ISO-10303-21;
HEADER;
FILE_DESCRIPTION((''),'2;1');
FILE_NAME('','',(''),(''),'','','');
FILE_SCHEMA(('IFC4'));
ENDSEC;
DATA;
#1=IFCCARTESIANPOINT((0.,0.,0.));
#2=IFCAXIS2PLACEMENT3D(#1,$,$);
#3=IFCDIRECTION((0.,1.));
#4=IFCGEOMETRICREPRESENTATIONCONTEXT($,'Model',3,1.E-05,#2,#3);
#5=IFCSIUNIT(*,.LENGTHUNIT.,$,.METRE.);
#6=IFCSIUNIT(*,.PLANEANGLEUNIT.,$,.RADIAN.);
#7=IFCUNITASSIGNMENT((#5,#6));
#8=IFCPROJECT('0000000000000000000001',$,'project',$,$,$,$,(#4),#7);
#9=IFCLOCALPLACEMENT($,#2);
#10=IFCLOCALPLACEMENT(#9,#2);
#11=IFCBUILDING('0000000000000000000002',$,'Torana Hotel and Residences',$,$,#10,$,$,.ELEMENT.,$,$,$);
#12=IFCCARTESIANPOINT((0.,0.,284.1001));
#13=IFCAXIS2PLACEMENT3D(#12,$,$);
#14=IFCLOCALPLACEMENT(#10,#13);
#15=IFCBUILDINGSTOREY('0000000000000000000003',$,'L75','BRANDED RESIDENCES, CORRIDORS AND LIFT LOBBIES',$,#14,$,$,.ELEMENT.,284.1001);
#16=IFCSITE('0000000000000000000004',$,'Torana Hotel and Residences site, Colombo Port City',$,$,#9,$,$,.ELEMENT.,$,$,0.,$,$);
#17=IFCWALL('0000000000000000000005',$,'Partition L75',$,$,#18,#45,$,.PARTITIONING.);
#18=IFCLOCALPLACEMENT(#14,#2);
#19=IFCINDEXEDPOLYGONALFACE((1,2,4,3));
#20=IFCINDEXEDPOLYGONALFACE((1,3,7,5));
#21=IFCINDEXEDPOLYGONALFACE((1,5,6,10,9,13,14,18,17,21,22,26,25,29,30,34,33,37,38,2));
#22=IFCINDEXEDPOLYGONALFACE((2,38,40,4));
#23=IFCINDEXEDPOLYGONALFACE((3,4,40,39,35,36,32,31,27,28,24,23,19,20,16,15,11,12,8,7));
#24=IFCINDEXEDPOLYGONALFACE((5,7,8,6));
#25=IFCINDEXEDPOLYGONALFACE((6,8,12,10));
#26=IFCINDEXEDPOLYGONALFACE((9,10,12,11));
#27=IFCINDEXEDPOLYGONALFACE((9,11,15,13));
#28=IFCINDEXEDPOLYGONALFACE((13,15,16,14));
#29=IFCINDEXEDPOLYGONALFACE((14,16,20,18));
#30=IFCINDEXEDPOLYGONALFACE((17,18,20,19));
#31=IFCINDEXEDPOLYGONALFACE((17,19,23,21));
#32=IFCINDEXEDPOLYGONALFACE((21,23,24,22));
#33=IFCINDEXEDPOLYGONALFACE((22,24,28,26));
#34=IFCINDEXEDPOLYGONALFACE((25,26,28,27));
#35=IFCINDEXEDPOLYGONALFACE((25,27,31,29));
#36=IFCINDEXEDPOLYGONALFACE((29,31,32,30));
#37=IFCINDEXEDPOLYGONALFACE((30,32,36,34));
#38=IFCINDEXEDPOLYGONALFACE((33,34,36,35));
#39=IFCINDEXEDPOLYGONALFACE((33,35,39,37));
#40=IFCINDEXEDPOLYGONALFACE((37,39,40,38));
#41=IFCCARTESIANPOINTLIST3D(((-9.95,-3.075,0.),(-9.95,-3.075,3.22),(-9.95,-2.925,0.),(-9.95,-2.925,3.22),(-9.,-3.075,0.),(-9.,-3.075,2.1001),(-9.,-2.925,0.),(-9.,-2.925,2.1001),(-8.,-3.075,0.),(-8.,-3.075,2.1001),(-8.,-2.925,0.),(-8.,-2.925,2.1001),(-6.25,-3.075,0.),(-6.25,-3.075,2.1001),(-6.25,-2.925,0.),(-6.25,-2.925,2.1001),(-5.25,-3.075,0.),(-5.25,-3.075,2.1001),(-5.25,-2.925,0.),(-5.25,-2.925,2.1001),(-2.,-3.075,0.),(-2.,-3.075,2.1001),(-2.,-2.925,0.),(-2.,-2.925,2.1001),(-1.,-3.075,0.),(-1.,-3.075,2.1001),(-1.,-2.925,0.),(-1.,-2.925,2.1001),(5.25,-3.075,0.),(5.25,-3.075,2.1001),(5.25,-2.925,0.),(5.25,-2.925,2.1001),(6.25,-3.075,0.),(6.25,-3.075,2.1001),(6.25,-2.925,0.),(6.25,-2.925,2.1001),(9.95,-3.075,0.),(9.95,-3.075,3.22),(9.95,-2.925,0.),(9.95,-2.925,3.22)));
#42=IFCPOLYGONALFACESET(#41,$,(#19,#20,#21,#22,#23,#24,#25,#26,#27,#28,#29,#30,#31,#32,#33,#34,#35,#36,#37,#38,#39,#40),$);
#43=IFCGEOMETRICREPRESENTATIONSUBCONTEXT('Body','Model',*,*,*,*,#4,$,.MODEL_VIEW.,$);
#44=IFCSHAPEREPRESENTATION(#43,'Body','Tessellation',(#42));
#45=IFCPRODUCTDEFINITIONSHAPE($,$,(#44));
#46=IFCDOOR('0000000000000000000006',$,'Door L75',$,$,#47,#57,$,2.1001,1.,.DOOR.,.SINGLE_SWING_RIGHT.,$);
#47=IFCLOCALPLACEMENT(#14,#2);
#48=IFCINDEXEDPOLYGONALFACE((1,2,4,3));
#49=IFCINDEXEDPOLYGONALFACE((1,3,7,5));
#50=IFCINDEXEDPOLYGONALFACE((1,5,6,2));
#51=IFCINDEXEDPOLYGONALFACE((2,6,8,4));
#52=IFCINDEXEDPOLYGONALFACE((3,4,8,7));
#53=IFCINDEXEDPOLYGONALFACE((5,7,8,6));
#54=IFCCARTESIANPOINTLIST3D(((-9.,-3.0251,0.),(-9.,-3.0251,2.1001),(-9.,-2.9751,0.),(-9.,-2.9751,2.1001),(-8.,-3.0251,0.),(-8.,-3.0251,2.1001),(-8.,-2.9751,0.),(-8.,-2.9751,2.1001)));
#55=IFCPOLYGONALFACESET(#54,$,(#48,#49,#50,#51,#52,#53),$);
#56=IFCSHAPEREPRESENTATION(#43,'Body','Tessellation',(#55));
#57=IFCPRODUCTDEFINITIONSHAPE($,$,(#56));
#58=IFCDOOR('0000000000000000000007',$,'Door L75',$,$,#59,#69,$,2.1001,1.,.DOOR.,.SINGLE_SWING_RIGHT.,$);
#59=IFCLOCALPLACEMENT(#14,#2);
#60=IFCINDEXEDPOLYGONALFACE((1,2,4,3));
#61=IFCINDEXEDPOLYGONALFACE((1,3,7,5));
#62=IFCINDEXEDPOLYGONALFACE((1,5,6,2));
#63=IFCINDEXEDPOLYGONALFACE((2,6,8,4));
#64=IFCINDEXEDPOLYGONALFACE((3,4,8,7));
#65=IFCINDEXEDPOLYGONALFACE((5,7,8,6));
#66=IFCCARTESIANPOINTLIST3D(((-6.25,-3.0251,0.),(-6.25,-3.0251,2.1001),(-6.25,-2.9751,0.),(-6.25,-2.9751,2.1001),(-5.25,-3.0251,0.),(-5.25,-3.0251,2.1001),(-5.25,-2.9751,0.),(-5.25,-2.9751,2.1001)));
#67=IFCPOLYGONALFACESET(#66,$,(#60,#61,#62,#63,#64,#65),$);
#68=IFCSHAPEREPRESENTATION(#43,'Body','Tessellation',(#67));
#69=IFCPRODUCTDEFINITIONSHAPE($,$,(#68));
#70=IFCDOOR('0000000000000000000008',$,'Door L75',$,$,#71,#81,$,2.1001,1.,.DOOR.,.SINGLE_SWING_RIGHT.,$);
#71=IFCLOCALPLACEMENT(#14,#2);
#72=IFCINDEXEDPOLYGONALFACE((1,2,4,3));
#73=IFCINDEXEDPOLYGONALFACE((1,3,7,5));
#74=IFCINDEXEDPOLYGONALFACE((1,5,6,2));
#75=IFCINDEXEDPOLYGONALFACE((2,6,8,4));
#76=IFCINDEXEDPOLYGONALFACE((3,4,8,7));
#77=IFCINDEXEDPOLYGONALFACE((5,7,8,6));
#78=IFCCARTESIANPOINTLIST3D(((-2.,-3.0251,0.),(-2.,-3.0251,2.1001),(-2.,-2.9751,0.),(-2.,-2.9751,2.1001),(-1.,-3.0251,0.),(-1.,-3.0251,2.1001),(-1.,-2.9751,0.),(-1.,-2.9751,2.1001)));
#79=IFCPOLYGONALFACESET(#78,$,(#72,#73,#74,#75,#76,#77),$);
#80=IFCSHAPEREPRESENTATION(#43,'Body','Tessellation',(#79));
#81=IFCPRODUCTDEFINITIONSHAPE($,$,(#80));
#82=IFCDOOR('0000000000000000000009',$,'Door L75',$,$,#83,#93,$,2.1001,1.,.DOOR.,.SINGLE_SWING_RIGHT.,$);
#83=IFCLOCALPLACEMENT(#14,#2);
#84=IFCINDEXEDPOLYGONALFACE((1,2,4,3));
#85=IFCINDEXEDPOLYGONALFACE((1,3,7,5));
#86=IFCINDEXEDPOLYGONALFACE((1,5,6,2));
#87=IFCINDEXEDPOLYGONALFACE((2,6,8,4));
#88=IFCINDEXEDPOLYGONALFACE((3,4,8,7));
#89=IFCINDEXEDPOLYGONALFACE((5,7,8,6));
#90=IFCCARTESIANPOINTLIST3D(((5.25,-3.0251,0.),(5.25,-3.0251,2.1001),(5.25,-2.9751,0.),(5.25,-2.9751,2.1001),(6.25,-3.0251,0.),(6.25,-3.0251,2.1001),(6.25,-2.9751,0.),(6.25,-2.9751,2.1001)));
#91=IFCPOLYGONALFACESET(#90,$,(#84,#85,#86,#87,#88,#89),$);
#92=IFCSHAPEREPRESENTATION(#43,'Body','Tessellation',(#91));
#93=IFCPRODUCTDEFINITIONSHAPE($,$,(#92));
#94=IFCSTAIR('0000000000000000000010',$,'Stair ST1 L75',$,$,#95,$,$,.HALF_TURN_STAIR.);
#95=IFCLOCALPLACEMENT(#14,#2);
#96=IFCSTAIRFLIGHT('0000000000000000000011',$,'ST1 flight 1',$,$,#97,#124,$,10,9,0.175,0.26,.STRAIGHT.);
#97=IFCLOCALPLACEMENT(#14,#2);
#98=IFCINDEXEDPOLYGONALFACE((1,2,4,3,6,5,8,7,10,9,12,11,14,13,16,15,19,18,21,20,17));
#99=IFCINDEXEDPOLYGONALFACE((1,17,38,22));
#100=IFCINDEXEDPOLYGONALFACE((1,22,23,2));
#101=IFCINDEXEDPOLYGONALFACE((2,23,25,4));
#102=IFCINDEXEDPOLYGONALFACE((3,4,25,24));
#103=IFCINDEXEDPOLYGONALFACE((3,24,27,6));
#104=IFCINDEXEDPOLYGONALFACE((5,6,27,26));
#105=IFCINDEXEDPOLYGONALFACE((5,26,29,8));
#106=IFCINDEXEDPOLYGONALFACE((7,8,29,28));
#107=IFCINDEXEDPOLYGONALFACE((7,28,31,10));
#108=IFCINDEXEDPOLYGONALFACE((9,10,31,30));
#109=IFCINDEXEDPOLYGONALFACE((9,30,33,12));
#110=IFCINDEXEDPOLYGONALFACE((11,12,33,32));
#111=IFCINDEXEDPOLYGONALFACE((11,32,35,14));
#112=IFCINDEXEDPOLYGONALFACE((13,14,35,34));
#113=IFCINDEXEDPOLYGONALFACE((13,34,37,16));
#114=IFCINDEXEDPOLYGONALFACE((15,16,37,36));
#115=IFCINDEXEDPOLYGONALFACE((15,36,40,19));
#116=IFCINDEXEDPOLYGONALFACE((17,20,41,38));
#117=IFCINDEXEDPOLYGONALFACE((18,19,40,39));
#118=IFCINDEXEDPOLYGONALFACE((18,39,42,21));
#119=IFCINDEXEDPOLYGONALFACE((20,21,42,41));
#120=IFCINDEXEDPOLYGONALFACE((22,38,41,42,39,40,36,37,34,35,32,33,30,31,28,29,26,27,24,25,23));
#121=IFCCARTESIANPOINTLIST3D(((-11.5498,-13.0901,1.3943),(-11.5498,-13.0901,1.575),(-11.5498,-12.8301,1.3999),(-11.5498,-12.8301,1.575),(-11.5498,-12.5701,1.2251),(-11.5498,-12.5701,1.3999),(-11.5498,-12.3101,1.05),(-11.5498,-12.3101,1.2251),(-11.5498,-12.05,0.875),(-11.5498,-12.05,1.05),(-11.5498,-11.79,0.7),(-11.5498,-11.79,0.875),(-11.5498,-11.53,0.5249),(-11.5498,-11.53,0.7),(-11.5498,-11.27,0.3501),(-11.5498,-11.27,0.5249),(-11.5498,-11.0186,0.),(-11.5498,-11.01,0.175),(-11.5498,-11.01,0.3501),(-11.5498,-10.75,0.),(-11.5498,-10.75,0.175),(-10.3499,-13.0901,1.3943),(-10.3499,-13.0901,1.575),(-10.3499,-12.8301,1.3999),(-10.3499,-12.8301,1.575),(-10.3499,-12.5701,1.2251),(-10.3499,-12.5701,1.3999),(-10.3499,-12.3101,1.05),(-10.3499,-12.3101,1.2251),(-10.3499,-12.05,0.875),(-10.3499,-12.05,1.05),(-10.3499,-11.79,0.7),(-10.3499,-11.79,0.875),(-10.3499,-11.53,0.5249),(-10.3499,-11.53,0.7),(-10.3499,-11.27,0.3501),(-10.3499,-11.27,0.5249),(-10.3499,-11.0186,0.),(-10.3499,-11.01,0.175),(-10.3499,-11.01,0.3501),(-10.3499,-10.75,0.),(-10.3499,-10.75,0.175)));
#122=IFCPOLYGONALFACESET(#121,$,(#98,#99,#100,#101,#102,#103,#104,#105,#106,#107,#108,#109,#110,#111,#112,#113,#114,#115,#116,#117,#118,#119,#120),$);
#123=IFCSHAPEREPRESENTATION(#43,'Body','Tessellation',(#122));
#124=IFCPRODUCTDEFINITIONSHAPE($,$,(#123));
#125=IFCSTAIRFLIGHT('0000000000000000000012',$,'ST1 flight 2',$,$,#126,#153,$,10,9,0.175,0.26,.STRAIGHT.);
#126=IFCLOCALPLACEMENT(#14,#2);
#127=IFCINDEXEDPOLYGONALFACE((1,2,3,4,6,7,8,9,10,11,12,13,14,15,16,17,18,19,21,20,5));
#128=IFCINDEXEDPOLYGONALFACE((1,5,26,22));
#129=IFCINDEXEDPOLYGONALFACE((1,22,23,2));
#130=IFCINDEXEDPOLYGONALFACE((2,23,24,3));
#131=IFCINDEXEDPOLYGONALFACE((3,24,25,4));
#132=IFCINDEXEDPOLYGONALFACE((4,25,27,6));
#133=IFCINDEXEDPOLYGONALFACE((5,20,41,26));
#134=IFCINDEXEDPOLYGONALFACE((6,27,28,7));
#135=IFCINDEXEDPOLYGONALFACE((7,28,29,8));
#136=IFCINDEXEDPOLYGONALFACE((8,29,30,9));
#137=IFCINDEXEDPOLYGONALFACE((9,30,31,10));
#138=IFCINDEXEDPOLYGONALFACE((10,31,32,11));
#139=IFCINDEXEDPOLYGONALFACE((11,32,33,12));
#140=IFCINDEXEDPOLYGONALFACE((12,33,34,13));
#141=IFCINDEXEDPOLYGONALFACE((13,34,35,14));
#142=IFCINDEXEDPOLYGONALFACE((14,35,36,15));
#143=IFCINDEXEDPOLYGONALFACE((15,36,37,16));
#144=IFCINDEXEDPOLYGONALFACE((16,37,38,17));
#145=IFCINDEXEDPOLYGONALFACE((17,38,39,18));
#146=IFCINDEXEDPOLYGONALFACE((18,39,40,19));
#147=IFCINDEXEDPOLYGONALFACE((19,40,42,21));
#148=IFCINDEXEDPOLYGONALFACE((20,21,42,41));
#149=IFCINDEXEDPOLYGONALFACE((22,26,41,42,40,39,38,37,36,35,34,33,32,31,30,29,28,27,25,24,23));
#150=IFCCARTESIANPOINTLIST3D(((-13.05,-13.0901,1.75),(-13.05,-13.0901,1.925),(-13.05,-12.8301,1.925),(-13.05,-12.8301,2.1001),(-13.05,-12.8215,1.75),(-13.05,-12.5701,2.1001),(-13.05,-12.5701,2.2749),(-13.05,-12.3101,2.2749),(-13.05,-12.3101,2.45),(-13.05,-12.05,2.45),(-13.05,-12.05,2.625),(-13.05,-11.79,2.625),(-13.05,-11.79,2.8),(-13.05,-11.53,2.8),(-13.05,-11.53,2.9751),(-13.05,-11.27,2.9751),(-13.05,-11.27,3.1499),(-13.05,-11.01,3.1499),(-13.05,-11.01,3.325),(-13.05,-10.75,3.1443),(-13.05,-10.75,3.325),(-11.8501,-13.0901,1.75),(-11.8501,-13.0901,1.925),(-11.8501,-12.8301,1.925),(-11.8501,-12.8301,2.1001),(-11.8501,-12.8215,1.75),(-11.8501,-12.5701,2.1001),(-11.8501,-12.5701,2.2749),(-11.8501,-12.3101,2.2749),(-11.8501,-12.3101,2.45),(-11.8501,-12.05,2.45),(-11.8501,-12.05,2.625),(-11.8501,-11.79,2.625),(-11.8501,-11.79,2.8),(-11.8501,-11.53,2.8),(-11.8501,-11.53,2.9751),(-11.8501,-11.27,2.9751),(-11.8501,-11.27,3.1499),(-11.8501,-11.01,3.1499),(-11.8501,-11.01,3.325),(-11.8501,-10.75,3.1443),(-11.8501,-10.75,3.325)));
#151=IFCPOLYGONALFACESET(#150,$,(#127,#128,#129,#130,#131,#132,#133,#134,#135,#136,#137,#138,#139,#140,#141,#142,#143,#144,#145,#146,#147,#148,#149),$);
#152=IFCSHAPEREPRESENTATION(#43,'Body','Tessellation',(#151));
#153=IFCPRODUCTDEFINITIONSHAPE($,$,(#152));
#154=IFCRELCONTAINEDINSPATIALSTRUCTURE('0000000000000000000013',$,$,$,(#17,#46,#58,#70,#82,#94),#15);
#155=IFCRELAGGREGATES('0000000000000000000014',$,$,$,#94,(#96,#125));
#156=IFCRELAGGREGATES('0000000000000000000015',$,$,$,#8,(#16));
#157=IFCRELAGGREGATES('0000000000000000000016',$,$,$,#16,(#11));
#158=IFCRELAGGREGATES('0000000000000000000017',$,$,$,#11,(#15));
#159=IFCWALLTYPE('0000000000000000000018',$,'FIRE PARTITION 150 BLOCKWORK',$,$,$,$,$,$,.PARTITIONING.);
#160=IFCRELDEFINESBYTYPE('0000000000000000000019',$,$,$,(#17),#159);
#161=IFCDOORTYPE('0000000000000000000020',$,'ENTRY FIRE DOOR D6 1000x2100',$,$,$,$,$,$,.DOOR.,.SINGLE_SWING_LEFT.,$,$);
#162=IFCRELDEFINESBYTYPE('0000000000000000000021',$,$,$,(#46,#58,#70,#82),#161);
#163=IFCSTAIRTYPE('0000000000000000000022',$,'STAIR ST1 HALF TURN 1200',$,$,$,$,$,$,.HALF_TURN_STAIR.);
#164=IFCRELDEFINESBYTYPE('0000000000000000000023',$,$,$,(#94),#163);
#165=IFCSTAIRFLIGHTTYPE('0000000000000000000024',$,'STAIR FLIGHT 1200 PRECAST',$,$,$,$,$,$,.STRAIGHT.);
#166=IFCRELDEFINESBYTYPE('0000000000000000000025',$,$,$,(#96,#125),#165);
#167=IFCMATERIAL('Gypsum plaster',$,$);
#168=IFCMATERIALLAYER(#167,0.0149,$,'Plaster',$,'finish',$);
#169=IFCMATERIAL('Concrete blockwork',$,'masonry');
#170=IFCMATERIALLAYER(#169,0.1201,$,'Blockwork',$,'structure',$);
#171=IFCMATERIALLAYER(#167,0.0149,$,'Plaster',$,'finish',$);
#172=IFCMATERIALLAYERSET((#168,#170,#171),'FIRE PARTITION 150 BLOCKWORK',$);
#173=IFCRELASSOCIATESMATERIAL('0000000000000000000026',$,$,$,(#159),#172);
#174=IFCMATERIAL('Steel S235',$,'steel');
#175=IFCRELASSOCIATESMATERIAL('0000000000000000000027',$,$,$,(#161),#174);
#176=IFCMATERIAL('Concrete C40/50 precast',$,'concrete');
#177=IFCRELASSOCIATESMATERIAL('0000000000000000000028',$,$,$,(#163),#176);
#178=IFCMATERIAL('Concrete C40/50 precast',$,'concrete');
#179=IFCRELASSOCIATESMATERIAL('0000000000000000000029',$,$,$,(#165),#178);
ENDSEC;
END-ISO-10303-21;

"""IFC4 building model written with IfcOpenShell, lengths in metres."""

from ifc_helpers import new_model, si_unit, direction, frame, frame_2d, origin, place, context, subcontext, project, spatial, polyline, rectangle, outline, extrude, material, layer, layer_set, type_object, element, fill, aggregate, save


model = new_model("IFC4")

# Units and contexts
model_context = context("Model", 3, precision=1e-05, world=origin(), true_north=direction((0.0, 1.0)))
body_context = subcontext(model_context, "Body", "Model", "MODEL_VIEW")
ifc_project = project(units=[si_unit("LENGTHUNIT", "METRE"), si_unit("PLANEANGLEUNIT", "RADIAN")], contexts=[model_context])

# Site, building, storey
site_placement = place(None, origin())
site = spatial("IfcSite", under=ifc_project, at=site_placement, Name="Torana Hotel and Residences site, Colombo Port City", CompositionType="ELEMENT", RefElevation=0.0)
building_placement = place(site_placement, origin())
building = spatial("IfcBuilding", under=site, at=building_placement, Name="Torana Hotel and Residences", CompositionType="ELEMENT")
storey_placement = place(building_placement, frame((0.0, 0.0, 284.1001)))
storey = spatial("IfcBuildingStorey", under=building, at=storey_placement, Name="L75", Description="BRANDED RESIDENCES, CORRIDORS AND LIFT LOBBIES", CompositionType="ELEMENT", Elevation=284.1001)

# Shared definitions
ifc_material_1 = material(Name="Gypsum plaster")
ifc_layer_1 = layer(ifc_material_1, 0.0149, Name="Plaster", Category="finish")
ifc_material_2 = material(Name="Concrete blockwork", Category="masonry")
ifc_layer_2 = layer(ifc_material_2, 0.1201, Name="Blockwork", Category="structure")
ifc_layer_3 = layer(ifc_material_1, 0.0149, Name="Plaster", Category="finish")
ifc_layer_set_1 = layer_set([ifc_layer_1, ifc_layer_2, ifc_layer_3], Name="FIRE PARTITION 150 BLOCKWORK")
wall_type_1 = type_object("IfcWallType", Name="FIRE PARTITION 150 BLOCKWORK", PredefinedType="PARTITIONING", material=ifc_layer_set_1)

# Wall, openings, doors
ifc_material_3 = material(Name="Steel S235", Category="steel")
door_type_1 = type_object("IfcDoorType", Name="ENTRY FIRE DOOR D6 1000x2100", OperationType="SINGLE_SWING_LEFT", PredefinedType="DOOR", material=ifc_material_3)
wall_1_placement = place(storey_placement, frame((-9.95, -3.0, 0.0), z_axis=(0.0, 0.0, 1.0), x_axis=(1.0, 0.0, 0.0)))
wall_1 = element("IfcWall", 1, at=wall_1_placement, inside=storey, type_object=wall_type_1, Name="Partition L75", PredefinedType="PARTITIONING", context=body_context, shape_type="SweptSolid", body=[
    extrude(rectangle(XDim=19.8999, YDim=0.1499, at=frame_2d((9.95, 0.0))), origin(), (0.0, 0.0, 1.0), 3.22),
])
opening_1_placement = place(wall_1_placement, frame((0.95, 0.0, 0.0)))
opening_1 = element("IfcOpeningElement", 2, at=opening_1_placement, cuts=wall_1, PredefinedType="OPENING", context=body_context, shape_type="SweptSolid", body=[
    extrude(rectangle(XDim=1.0, YDim=2.1001, at=frame_2d((0.5, 1.05))), frame((0.0, 0.085, 0.0), z_axis=(0.0, -1.0, 0.0), x_axis=(1.0, 0.0, 0.0)), (0.0, 0.0, 1.0), 0.1699),
])
opening_2_placement = place(wall_1_placement, frame((3.7, 0.0, 0.0)))
opening_2 = element("IfcOpeningElement", 3, at=opening_2_placement, cuts=wall_1, PredefinedType="OPENING", context=body_context, shape_type="SweptSolid", body=[
    extrude(rectangle(XDim=1.0, YDim=2.1001, at=frame_2d((0.5, 1.05))), frame((0.0, 0.085, 0.0), z_axis=(0.0, -1.0, 0.0), x_axis=(1.0, 0.0, 0.0)), (0.0, 0.0, 1.0), 0.1699),
])
opening_3_placement = place(wall_1_placement, frame((7.95, 0.0, 0.0)))
opening_3 = element("IfcOpeningElement", 4, at=opening_3_placement, cuts=wall_1, PredefinedType="OPENING", context=body_context, shape_type="SweptSolid", body=[
    extrude(rectangle(XDim=1.0, YDim=2.1001, at=frame_2d((0.5, 1.05))), frame((0.0, 0.085, 0.0), z_axis=(0.0, -1.0, 0.0), x_axis=(1.0, 0.0, 0.0)), (0.0, 0.0, 1.0), 0.1699),
])
opening_4_placement = place(wall_1_placement, frame((15.2, 0.0, 0.0)))
opening_4 = element("IfcOpeningElement", 5, at=opening_4_placement, cuts=wall_1, PredefinedType="OPENING", context=body_context, shape_type="SweptSolid", body=[
    extrude(rectangle(XDim=1.0, YDim=2.1001, at=frame_2d((0.5, 1.05))), frame((0.0, 0.085, 0.0), z_axis=(0.0, -1.0, 0.0), x_axis=(1.0, 0.0, 0.0)), (0.0, 0.0, 1.0), 0.1699),
])
door_1_placement = place(opening_1_placement, origin())
door_1 = element("IfcDoor", 6, at=door_1_placement, inside=storey, type_object=door_type_1, Name="Door L75", OperationType="SINGLE_SWING_RIGHT", OverallHeight=2.1001, OverallWidth=1.0, PredefinedType="DOOR", context=body_context, shape_type="SweptSolid", body=[
    extrude(rectangle(XDim=1.0, YDim=2.1001, at=frame_2d((0.5, 1.05))), frame((0.0, 0.0249, 0.0), z_axis=(0.0, -1.0, 0.0), x_axis=(1.0, 0.0, 0.0)), (0.0, 0.0, 1.0), 0.05),
])
fill(opening_1, door_1)
door_2_placement = place(opening_2_placement, origin())
door_2 = element("IfcDoor", 7, at=door_2_placement, inside=storey, type_object=door_type_1, Name="Door L75", OperationType="SINGLE_SWING_RIGHT", OverallHeight=2.1001, OverallWidth=1.0, PredefinedType="DOOR", context=body_context, shape_type="SweptSolid", body=[
    extrude(rectangle(XDim=1.0, YDim=2.1001, at=frame_2d((0.5, 1.05))), frame((0.0, 0.0249, 0.0), z_axis=(0.0, -1.0, 0.0), x_axis=(1.0, 0.0, 0.0)), (0.0, 0.0, 1.0), 0.05),
])
fill(opening_2, door_2)
door_3_placement = place(opening_3_placement, origin())
door_3 = element("IfcDoor", 8, at=door_3_placement, inside=storey, type_object=door_type_1, Name="Door L75", OperationType="SINGLE_SWING_RIGHT", OverallHeight=2.1001, OverallWidth=1.0, PredefinedType="DOOR", context=body_context, shape_type="SweptSolid", body=[
    extrude(rectangle(XDim=1.0, YDim=2.1001, at=frame_2d((0.5, 1.05))), frame((0.0, 0.0249, 0.0), z_axis=(0.0, -1.0, 0.0), x_axis=(1.0, 0.0, 0.0)), (0.0, 0.0, 1.0), 0.05),
])
fill(opening_3, door_3)
door_4_placement = place(opening_4_placement, origin())
door_4 = element("IfcDoor", 9, at=door_4_placement, inside=storey, type_object=door_type_1, Name="Door L75", OperationType="SINGLE_SWING_RIGHT", OverallHeight=2.1001, OverallWidth=1.0, PredefinedType="DOOR", context=body_context, shape_type="SweptSolid", body=[
    extrude(rectangle(XDim=1.0, YDim=2.1001, at=frame_2d((0.5, 1.05))), frame((0.0, 0.0249, 0.0), z_axis=(0.0, -1.0, 0.0), x_axis=(1.0, 0.0, 0.0)), (0.0, 0.0, 1.0), 0.05),
])
fill(opening_4, door_4)

# Stair, stair flights
ifc_material_4 = material(Name="Concrete C40/50 precast", Category="concrete")
stair_type = type_object("IfcStairType", Name="STAIR ST1 HALF TURN 1200", PredefinedType="HALF_TURN_STAIR", material=ifc_material_4)
stair_placement = place(storey_placement, origin())
stair = element("IfcStair", 10, at=stair_placement, inside=storey, type_object=stair_type, Name="Stair ST1 L75", PredefinedType="HALF_TURN_STAIR")
ifc_material_5 = material(Name="Concrete C40/50 precast", Category="concrete")
stair_flight_type = type_object("IfcStairFlightType", Name="STAIR FLIGHT 1200 PRECAST", PredefinedType="STRAIGHT", material=ifc_material_5)
stair_flight_1_placement = place(storey_placement, frame((-10.95, -10.75, 0.0), z_axis=(0.0, 0.0, 1.0), x_axis=(0.0, -1.0, 0.0)))
stair_flight_1 = element("IfcStairFlight", 11, at=stair_flight_1_placement, type_object=stair_flight_type, Name="ST1 flight 1", NumberOfRisers=10, NumberOfTreads=9, PredefinedType="STRAIGHT", RiserHeight=0.175, TreadLength=0.26, context=body_context, shape_type="SweptSolid", body=[
    extrude(outline(polyline([(0.0, 0.0), (0.0, 0.175), (0.26, 0.175), (0.26, 0.3501), (0.52, 0.3501), (0.52, 0.5249), (0.78, 0.5249), (0.78, 0.7), (1.04, 0.7), (1.04, 0.875), (1.3, 0.875), (1.3, 1.05), (1.5601, 1.05), (1.5601, 1.2251), (1.8201, 1.2251), (1.8201, 1.3999), (2.0801, 1.3999), (2.0801, 1.575), (2.3401, 1.575), (2.3401, 1.75), (2.3401, 1.3943), (0.2686, 0.0), (0.0, 0.0)])), frame((0.0, 0.6001, 0.0), z_axis=(0.0, -1.0, 0.0), x_axis=(1.0, 0.0, 0.0)), (0.0, 0.0, 1.0), 1.2),
])
stair_flight_2_placement = place(storey_placement, frame((-12.45, -13.0901, 1.75), z_axis=(0.0, 0.0, 1.0), x_axis=(0.0, 1.0, 0.0)))
stair_flight_2 = element("IfcStairFlight", 12, at=stair_flight_2_placement, type_object=stair_flight_type, Name="ST1 flight 2", NumberOfRisers=10, NumberOfTreads=9, PredefinedType="STRAIGHT", RiserHeight=0.175, TreadLength=0.26, context=body_context, shape_type="SweptSolid", body=[
    extrude(outline(polyline([(0.0, 0.0), (0.0, 0.175), (0.26, 0.175), (0.26, 0.3501), (0.52, 0.3501), (0.52, 0.5249), (0.78, 0.5249), (0.78, 0.7), (1.04, 0.7), (1.04, 0.875), (1.3, 0.875), (1.3, 1.05), (1.5601, 1.05), (1.5601, 1.2251), (1.8201, 1.2251), (1.8201, 1.3999), (2.0801, 1.3999), (2.0801, 1.575), (2.3401, 1.575), (2.3401, 1.75), (2.3401, 1.3943), (0.2686, 0.0), (0.0, 0.0)])), frame((0.0, 0.6001, 0.0), z_axis=(0.0, -1.0, 0.0), x_axis=(1.0, 0.0, 0.0)), (0.0, 0.0, 1.0), 1.2),
])
aggregate(stair, [stair_flight_1, stair_flight_2])

save(model, "model.ifc")
